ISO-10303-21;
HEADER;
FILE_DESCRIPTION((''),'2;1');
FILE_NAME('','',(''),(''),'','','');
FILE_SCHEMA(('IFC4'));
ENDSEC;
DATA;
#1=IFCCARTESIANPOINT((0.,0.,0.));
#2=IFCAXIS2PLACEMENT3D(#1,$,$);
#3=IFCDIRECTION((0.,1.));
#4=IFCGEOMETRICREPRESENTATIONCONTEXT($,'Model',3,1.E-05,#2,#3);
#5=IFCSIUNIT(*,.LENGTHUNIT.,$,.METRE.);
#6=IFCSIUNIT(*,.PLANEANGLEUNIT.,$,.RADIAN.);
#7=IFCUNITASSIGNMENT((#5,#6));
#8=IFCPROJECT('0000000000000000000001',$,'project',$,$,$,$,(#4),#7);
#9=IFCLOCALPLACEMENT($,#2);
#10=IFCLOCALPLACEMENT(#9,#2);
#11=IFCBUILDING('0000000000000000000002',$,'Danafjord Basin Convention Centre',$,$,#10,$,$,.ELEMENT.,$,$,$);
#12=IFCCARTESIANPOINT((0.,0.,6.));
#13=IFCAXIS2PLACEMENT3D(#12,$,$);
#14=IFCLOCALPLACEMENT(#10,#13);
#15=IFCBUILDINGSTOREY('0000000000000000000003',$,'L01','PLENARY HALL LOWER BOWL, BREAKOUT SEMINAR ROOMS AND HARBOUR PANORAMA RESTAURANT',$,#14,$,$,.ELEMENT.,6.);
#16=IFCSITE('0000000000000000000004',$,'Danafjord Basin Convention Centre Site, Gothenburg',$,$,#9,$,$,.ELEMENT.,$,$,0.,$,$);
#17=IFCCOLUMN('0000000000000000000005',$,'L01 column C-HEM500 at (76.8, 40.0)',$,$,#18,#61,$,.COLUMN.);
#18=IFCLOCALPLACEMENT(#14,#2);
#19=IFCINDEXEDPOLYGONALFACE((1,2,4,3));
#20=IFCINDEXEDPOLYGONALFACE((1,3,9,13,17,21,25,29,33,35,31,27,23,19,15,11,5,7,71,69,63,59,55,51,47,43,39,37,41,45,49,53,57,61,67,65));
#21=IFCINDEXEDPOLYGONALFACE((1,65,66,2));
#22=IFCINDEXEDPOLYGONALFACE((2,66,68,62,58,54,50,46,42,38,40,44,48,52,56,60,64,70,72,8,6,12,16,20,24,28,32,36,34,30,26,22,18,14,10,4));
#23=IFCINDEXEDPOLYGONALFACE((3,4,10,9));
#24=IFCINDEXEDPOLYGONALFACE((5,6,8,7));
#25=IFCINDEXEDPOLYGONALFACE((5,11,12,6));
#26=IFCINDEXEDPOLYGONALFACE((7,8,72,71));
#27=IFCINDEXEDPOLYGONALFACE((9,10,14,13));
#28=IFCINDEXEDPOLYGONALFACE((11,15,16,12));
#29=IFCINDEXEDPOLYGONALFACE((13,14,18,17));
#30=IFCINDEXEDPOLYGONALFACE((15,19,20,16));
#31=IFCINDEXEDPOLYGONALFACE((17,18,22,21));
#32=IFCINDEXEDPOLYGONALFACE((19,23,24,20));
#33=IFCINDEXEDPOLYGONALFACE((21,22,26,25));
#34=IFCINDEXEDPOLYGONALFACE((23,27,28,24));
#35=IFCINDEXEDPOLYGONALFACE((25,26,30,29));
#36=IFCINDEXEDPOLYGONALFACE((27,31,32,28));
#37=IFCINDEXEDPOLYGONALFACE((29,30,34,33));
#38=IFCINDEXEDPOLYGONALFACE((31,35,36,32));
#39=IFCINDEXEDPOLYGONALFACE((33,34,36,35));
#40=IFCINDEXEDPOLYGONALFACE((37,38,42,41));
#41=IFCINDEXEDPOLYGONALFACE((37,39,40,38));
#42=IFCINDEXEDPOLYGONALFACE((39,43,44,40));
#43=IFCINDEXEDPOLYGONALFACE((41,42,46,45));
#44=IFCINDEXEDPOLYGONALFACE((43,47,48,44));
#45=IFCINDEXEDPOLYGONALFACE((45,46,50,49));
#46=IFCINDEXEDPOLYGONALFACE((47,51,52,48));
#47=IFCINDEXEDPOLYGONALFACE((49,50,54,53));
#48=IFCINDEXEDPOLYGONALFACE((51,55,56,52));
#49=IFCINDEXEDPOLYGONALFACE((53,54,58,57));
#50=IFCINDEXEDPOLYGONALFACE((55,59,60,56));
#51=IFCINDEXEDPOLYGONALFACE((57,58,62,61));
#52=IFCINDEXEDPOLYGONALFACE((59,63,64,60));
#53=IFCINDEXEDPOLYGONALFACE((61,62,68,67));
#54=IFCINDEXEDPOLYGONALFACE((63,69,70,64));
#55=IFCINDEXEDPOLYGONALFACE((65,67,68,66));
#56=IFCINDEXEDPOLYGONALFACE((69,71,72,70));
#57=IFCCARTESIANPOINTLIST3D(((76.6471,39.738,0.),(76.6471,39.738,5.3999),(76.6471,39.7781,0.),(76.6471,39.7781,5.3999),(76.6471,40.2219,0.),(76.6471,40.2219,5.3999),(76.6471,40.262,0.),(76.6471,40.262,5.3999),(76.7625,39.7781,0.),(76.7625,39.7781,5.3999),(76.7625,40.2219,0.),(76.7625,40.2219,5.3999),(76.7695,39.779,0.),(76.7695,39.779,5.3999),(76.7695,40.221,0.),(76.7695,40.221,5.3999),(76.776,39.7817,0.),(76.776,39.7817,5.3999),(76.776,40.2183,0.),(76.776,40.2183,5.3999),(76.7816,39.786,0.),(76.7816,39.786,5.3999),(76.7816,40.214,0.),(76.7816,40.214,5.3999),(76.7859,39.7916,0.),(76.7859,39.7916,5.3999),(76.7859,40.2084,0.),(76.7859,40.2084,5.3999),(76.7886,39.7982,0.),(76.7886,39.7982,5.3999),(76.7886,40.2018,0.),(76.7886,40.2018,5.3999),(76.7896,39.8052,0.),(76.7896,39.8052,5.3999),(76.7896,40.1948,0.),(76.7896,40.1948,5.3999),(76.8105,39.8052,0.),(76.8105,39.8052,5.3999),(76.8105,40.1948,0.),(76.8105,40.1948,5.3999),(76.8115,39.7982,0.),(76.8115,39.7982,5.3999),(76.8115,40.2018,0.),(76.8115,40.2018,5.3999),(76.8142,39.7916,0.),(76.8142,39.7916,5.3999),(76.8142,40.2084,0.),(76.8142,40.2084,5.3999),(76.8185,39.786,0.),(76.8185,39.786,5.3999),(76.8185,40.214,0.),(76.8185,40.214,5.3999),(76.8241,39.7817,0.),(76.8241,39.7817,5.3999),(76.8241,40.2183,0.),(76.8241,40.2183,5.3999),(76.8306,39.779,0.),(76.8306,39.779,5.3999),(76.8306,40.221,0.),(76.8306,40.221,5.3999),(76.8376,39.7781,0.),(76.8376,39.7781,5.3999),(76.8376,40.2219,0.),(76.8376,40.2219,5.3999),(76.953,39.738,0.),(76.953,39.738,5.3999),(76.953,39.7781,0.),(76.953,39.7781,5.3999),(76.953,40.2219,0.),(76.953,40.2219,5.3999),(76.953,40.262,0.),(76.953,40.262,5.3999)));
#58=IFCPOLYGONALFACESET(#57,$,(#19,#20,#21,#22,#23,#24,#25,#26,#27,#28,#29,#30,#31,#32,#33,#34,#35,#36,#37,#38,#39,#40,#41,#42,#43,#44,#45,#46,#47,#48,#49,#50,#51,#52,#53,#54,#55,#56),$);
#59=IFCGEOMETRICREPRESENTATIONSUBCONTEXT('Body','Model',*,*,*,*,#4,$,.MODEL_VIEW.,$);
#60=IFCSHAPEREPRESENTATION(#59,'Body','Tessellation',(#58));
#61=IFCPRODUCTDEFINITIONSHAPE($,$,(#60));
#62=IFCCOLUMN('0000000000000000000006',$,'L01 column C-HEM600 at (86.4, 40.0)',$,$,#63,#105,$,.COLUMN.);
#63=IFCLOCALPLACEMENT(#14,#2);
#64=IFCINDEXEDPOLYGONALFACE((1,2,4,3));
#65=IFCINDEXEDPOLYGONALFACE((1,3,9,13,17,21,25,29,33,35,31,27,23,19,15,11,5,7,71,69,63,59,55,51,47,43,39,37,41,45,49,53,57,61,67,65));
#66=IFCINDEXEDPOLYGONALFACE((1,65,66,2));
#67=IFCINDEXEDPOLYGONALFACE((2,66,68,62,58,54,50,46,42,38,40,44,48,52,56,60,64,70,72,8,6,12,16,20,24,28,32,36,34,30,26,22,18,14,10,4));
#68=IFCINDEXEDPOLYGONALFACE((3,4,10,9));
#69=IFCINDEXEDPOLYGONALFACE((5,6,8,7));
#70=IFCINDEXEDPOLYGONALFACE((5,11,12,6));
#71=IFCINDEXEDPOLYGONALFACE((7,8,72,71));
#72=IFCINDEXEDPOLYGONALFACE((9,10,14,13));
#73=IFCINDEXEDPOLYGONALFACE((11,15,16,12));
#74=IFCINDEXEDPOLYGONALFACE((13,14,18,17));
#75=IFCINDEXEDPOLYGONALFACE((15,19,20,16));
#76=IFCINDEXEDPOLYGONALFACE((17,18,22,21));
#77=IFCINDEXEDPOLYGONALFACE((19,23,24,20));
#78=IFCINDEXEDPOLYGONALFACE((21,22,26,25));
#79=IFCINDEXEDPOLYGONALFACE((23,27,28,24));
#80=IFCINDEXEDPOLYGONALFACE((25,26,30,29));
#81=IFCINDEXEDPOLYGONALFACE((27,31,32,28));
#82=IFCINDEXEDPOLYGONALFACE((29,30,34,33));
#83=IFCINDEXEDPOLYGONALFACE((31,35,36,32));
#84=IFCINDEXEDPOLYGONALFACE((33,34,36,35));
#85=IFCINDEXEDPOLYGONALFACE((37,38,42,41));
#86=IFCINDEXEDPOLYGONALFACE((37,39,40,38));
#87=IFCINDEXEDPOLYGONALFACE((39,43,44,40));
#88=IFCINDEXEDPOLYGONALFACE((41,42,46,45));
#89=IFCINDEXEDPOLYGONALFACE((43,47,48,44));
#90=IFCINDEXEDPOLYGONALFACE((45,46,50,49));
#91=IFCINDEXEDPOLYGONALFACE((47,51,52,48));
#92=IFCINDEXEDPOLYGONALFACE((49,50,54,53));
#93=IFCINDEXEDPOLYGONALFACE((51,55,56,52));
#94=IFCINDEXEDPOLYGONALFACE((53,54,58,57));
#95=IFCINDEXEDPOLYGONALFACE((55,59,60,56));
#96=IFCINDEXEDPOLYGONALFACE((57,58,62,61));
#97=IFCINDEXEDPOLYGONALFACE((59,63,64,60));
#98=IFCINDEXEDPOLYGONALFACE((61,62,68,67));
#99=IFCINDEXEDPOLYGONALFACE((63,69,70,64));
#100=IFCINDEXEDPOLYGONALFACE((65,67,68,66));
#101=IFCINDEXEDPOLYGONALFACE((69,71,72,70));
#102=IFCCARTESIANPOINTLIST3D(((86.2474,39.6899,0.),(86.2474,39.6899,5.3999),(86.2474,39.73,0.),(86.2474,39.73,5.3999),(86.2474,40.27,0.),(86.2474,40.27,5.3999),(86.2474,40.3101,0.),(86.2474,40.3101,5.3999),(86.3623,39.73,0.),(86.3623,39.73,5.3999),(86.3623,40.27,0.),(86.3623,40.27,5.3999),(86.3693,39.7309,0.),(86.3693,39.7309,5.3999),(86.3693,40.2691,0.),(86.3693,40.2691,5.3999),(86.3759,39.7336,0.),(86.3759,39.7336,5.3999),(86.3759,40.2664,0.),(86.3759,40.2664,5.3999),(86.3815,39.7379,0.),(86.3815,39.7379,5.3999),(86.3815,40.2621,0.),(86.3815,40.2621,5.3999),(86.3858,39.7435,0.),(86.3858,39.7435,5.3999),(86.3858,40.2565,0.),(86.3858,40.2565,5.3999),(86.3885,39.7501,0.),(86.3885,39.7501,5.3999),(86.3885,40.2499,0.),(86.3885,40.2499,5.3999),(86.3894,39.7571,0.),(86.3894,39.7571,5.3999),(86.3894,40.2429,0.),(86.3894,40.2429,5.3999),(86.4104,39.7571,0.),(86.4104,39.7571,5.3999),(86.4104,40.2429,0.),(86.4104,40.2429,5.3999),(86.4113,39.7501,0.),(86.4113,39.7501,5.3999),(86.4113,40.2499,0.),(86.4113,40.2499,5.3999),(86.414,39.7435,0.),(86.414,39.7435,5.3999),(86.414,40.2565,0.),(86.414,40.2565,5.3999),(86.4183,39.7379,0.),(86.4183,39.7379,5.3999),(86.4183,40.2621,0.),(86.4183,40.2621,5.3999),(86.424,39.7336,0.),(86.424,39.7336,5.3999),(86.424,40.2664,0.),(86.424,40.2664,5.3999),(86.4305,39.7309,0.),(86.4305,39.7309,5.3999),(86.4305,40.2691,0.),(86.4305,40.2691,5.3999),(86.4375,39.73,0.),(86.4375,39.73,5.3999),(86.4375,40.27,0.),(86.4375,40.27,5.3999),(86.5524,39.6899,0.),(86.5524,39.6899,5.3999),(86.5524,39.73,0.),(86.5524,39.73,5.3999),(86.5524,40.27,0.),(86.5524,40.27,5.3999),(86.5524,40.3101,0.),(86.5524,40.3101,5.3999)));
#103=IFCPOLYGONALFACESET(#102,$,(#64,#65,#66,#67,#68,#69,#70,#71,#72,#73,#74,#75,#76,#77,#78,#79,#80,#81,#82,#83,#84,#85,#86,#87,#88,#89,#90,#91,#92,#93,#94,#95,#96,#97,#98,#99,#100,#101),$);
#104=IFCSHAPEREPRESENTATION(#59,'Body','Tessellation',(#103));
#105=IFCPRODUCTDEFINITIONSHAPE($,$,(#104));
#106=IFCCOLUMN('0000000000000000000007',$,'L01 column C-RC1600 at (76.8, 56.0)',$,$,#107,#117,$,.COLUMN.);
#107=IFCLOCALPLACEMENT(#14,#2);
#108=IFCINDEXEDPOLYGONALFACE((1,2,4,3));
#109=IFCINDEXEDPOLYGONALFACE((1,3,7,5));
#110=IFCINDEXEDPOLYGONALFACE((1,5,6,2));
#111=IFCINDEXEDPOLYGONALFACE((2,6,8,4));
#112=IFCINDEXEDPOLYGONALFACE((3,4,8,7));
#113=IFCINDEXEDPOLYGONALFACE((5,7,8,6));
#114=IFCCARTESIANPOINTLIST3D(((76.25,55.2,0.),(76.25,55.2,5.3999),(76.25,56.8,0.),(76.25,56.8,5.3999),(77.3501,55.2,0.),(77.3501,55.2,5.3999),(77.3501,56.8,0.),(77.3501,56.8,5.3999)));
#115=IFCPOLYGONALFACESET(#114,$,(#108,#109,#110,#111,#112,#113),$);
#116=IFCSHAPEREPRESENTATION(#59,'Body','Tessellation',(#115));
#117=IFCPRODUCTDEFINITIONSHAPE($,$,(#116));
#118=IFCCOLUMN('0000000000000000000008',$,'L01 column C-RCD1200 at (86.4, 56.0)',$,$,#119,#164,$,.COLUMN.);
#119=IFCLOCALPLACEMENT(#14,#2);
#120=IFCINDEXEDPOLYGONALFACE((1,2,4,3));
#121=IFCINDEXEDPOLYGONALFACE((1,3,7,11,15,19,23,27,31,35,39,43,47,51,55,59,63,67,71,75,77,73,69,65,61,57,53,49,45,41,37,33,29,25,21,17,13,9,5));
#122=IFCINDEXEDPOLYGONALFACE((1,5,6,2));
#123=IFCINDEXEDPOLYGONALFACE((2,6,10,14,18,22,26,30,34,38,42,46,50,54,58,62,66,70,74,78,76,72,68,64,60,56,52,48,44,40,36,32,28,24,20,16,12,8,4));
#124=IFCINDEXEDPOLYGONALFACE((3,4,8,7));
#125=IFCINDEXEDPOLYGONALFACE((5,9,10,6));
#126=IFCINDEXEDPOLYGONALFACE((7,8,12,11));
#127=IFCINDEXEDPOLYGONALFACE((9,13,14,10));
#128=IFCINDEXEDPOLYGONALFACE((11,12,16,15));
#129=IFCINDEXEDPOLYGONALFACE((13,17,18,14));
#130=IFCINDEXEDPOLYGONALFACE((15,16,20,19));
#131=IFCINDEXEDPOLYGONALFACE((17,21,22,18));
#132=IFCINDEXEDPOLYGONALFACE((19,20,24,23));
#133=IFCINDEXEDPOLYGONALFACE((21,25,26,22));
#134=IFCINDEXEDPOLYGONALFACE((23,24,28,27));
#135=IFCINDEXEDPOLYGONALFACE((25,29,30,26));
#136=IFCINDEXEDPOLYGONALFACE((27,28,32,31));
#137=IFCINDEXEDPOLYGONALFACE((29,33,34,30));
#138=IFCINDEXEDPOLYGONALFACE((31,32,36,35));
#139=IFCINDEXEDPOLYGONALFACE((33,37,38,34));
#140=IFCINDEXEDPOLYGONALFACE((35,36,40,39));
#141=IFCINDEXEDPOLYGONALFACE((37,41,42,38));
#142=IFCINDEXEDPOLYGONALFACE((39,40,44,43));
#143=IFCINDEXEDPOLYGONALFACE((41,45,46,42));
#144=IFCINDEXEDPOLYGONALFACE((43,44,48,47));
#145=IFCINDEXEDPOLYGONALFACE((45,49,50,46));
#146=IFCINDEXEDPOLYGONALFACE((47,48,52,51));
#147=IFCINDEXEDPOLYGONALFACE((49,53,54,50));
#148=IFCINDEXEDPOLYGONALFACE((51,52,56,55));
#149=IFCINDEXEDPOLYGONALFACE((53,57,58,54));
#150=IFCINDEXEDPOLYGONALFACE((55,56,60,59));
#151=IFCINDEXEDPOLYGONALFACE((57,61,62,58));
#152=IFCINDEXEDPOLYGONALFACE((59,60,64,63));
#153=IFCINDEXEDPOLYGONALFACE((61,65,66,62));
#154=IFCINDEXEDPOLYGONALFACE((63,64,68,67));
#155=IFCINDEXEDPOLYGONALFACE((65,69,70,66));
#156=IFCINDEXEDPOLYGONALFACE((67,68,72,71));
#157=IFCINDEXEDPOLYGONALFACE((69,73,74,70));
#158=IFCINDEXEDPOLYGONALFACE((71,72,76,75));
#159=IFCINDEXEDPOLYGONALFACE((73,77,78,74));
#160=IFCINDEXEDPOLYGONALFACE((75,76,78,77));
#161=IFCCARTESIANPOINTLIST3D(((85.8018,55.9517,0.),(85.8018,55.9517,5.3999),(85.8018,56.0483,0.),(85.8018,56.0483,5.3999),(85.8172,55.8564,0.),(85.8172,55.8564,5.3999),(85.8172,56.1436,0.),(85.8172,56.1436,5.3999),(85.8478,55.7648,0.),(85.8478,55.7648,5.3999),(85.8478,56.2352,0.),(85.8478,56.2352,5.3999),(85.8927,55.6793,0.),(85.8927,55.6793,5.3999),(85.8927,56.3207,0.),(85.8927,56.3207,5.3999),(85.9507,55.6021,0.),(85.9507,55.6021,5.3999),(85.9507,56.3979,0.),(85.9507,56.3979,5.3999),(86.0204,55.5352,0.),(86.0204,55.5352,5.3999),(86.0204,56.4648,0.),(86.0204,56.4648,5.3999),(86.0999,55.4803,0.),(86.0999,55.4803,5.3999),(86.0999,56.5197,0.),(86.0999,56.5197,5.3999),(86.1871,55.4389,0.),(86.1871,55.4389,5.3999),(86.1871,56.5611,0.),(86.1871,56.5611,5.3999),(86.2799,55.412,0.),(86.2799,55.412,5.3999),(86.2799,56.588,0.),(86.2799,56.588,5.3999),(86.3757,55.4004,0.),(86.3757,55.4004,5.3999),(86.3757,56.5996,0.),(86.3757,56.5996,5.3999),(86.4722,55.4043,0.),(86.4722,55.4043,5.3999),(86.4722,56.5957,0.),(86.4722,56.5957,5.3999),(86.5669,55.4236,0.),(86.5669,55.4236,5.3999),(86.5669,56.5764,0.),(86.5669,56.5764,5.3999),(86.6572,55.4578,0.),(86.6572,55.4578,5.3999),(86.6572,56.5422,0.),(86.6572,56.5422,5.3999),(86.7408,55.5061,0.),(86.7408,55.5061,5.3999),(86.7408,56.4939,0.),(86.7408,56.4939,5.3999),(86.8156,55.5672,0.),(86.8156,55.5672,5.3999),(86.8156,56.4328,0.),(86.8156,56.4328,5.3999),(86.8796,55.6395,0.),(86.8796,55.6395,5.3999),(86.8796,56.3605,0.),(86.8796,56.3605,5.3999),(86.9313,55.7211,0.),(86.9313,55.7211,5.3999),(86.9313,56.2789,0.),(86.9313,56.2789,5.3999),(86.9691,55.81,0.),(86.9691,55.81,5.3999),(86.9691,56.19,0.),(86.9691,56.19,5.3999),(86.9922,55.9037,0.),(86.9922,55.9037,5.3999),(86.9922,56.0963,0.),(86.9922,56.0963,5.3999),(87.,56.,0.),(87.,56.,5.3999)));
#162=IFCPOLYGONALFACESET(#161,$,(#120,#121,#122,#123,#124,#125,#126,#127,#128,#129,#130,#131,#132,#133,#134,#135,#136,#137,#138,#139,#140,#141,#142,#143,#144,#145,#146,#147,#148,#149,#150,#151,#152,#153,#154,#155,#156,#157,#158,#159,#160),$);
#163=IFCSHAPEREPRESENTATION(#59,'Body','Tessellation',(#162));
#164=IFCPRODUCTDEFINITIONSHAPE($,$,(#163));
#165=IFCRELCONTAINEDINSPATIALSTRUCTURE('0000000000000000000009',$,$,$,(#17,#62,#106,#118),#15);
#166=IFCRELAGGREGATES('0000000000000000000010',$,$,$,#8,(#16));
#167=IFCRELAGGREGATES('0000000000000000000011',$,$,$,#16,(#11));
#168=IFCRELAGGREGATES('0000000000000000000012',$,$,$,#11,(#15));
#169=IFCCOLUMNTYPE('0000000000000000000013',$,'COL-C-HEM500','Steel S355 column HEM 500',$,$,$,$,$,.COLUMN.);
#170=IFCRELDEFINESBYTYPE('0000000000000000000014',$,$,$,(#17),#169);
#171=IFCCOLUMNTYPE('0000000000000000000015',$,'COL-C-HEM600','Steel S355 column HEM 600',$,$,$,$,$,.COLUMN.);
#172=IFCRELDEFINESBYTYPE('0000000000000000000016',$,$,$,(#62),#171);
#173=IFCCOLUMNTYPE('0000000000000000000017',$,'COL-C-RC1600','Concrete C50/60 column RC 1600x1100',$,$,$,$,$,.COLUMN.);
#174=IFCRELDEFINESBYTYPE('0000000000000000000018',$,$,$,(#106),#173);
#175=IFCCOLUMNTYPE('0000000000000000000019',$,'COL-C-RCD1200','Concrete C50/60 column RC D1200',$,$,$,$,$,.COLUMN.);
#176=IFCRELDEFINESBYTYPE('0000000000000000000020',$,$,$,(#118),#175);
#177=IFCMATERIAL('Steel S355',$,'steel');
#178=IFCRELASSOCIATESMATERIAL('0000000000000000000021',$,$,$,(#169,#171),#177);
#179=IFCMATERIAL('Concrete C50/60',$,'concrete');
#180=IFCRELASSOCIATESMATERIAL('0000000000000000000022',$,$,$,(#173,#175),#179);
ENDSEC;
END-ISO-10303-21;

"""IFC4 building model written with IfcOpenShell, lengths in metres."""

from ifc_helpers import new_model, si_unit, direction, frame, origin, origin_2d, place, context, subcontext, project, spatial, rectangle, circle, i_section, extrude, material, material_profile, profile_set, type_object, element, save


model = new_model("IFC4")

# Units and contexts
model_context = context("Model", 3, precision=1e-05, world=origin(), true_north=direction((0.0, 1.0)))
body_context = subcontext(model_context, "Body", "Model", "MODEL_VIEW")
ifc_project = project(units=[si_unit("LENGTHUNIT", "METRE"), si_unit("PLANEANGLEUNIT", "RADIAN")], contexts=[model_context])

# Site, building, storey
site_placement = place(None, origin())
site = spatial("IfcSite", under=ifc_project, at=site_placement, Name="Danafjord Basin Convention Centre Site, Gothenburg", CompositionType="ELEMENT", RefElevation=0.0)
building_placement = place(site_placement, origin())
building = spatial("IfcBuilding", under=site, at=building_placement, Name="Danafjord Basin Convention Centre", CompositionType="ELEMENT")
storey_placement = place(building_placement, frame((0.0, 0.0, 6.0)))
storey = spatial("IfcBuildingStorey", under=building, at=storey_placement, Name="L01", Description="PLENARY HALL LOWER BOWL, BREAKOUT SEMINAR ROOMS AND HARBOUR PANORAMA RESTAURANT", CompositionType="ELEMENT", Elevation=6.0)

# Columns
ifc_material_1 = material(Name="Steel S355", Category="steel")
ifc_material_profile_1 = material_profile(ifc_material_1, i_section(OverallWidth=0.3059, OverallDepth=0.5239, WebThickness=0.021, FlangeThickness=0.04, FilletRadius=0.0271, at=origin_2d()), Name="HEM 500")
ifc_profile_set_1 = profile_set([ifc_material_profile_1], Name="Steel S355")
column_type_1 = type_object("IfcColumnType", Name="COL-C-HEM500", Description="Steel S355 column HEM 500", PredefinedType="COLUMN", material=ifc_profile_set_1)
column_1_placement = place(storey_placement, frame((76.8, 40.0, 0.0), z_axis=(0.0, 0.0, 1.0), x_axis=(1.0, 0.0, 0.0)))
element("IfcColumn", 1, at=column_1_placement, inside=storey, type_object=column_type_1, Name="L01 column C-HEM500 at (76.8, 40.0)", PredefinedType="COLUMN", context=body_context, shape_type="SweptSolid", body=[
    extrude(i_section(OverallWidth=0.3059, OverallDepth=0.5239, WebThickness=0.021, FlangeThickness=0.04, FilletRadius=0.0271, at=origin_2d()), origin(), (0.0, 0.0, 1.0), 5.3999),
])
ifc_material_profile_2 = material_profile(ifc_material_1, i_section(OverallWidth=0.3049, OverallDepth=0.6201, WebThickness=0.021, FlangeThickness=0.04, FilletRadius=0.0271, at=origin_2d()), Name="HEM 600")
ifc_profile_set_2 = profile_set([ifc_material_profile_2], Name="Steel S355")
column_type_2 = type_object("IfcColumnType", Name="COL-C-HEM600", Description="Steel S355 column HEM 600", PredefinedType="COLUMN", material=ifc_profile_set_2)
column_2_placement = place(storey_placement, frame((86.3999, 40.0, 0.0), z_axis=(0.0, 0.0, 1.0), x_axis=(1.0, 0.0, 0.0)))
element("IfcColumn", 2, at=column_2_placement, inside=storey, type_object=column_type_2, Name="L01 column C-HEM600 at (86.4, 40.0)", PredefinedType="COLUMN", context=body_context, shape_type="SweptSolid", body=[
    extrude(i_section(OverallWidth=0.3049, OverallDepth=0.6201, WebThickness=0.021, FlangeThickness=0.04, FilletRadius=0.0271, at=origin_2d()), origin(), (0.0, 0.0, 1.0), 5.3999),
])
ifc_material_2 = material(Name="Concrete C50/60", Category="concrete")
ifc_material_profile_3 = material_profile(ifc_material_2, rectangle(XDim=1.1001, YDim=1.6001, at=origin_2d()), Name="RC 1600x1100")
ifc_profile_set_3 = profile_set([ifc_material_profile_3], Name="Concrete C50/60")
column_type_3 = type_object("IfcColumnType", Name="COL-C-RC1600", Description="Concrete C50/60 column RC 1600x1100", PredefinedType="COLUMN", material=ifc_profile_set_3)
column_3_placement = place(storey_placement, frame((76.8, 56.0, 0.0), z_axis=(0.0, 0.0, 1.0), x_axis=(1.0, 0.0, 0.0)))
element("IfcColumn", 3, at=column_3_placement, inside=storey, type_object=column_type_3, Name="L01 column C-RC1600 at (76.8, 56.0)", PredefinedType="COLUMN", context=body_context, shape_type="SweptSolid", body=[
    extrude(rectangle(XDim=1.1001, YDim=1.6001, at=origin_2d()), origin(), (0.0, 0.0, 1.0), 5.3999),
])
ifc_material_profile_4 = material_profile(ifc_material_2, circle(Radius=0.6001, at=origin_2d()), Name="RC D1200")
ifc_profile_set_4 = profile_set([ifc_material_profile_4], Name="Concrete C50/60")
column_type_4 = type_object("IfcColumnType", Name="COL-C-RCD1200", Description="Concrete C50/60 column RC D1200", PredefinedType="COLUMN", material=ifc_profile_set_4)
column_4_placement = place(storey_placement, frame((86.3999, 56.0, 0.0), z_axis=(0.0, 0.0, 1.0), x_axis=(1.0, 0.0, 0.0)))
element("IfcColumn", 4, at=column_4_placement, inside=storey, type_object=column_type_4, Name="L01 column C-RCD1200 at (86.4, 56.0)", PredefinedType="COLUMN", context=body_context, shape_type="SweptSolid", body=[
    extrude(circle(Radius=0.6001, at=origin_2d()), origin(), (0.0, 0.0, 1.0), 5.3999),
])

save(model, "model.ifc")
